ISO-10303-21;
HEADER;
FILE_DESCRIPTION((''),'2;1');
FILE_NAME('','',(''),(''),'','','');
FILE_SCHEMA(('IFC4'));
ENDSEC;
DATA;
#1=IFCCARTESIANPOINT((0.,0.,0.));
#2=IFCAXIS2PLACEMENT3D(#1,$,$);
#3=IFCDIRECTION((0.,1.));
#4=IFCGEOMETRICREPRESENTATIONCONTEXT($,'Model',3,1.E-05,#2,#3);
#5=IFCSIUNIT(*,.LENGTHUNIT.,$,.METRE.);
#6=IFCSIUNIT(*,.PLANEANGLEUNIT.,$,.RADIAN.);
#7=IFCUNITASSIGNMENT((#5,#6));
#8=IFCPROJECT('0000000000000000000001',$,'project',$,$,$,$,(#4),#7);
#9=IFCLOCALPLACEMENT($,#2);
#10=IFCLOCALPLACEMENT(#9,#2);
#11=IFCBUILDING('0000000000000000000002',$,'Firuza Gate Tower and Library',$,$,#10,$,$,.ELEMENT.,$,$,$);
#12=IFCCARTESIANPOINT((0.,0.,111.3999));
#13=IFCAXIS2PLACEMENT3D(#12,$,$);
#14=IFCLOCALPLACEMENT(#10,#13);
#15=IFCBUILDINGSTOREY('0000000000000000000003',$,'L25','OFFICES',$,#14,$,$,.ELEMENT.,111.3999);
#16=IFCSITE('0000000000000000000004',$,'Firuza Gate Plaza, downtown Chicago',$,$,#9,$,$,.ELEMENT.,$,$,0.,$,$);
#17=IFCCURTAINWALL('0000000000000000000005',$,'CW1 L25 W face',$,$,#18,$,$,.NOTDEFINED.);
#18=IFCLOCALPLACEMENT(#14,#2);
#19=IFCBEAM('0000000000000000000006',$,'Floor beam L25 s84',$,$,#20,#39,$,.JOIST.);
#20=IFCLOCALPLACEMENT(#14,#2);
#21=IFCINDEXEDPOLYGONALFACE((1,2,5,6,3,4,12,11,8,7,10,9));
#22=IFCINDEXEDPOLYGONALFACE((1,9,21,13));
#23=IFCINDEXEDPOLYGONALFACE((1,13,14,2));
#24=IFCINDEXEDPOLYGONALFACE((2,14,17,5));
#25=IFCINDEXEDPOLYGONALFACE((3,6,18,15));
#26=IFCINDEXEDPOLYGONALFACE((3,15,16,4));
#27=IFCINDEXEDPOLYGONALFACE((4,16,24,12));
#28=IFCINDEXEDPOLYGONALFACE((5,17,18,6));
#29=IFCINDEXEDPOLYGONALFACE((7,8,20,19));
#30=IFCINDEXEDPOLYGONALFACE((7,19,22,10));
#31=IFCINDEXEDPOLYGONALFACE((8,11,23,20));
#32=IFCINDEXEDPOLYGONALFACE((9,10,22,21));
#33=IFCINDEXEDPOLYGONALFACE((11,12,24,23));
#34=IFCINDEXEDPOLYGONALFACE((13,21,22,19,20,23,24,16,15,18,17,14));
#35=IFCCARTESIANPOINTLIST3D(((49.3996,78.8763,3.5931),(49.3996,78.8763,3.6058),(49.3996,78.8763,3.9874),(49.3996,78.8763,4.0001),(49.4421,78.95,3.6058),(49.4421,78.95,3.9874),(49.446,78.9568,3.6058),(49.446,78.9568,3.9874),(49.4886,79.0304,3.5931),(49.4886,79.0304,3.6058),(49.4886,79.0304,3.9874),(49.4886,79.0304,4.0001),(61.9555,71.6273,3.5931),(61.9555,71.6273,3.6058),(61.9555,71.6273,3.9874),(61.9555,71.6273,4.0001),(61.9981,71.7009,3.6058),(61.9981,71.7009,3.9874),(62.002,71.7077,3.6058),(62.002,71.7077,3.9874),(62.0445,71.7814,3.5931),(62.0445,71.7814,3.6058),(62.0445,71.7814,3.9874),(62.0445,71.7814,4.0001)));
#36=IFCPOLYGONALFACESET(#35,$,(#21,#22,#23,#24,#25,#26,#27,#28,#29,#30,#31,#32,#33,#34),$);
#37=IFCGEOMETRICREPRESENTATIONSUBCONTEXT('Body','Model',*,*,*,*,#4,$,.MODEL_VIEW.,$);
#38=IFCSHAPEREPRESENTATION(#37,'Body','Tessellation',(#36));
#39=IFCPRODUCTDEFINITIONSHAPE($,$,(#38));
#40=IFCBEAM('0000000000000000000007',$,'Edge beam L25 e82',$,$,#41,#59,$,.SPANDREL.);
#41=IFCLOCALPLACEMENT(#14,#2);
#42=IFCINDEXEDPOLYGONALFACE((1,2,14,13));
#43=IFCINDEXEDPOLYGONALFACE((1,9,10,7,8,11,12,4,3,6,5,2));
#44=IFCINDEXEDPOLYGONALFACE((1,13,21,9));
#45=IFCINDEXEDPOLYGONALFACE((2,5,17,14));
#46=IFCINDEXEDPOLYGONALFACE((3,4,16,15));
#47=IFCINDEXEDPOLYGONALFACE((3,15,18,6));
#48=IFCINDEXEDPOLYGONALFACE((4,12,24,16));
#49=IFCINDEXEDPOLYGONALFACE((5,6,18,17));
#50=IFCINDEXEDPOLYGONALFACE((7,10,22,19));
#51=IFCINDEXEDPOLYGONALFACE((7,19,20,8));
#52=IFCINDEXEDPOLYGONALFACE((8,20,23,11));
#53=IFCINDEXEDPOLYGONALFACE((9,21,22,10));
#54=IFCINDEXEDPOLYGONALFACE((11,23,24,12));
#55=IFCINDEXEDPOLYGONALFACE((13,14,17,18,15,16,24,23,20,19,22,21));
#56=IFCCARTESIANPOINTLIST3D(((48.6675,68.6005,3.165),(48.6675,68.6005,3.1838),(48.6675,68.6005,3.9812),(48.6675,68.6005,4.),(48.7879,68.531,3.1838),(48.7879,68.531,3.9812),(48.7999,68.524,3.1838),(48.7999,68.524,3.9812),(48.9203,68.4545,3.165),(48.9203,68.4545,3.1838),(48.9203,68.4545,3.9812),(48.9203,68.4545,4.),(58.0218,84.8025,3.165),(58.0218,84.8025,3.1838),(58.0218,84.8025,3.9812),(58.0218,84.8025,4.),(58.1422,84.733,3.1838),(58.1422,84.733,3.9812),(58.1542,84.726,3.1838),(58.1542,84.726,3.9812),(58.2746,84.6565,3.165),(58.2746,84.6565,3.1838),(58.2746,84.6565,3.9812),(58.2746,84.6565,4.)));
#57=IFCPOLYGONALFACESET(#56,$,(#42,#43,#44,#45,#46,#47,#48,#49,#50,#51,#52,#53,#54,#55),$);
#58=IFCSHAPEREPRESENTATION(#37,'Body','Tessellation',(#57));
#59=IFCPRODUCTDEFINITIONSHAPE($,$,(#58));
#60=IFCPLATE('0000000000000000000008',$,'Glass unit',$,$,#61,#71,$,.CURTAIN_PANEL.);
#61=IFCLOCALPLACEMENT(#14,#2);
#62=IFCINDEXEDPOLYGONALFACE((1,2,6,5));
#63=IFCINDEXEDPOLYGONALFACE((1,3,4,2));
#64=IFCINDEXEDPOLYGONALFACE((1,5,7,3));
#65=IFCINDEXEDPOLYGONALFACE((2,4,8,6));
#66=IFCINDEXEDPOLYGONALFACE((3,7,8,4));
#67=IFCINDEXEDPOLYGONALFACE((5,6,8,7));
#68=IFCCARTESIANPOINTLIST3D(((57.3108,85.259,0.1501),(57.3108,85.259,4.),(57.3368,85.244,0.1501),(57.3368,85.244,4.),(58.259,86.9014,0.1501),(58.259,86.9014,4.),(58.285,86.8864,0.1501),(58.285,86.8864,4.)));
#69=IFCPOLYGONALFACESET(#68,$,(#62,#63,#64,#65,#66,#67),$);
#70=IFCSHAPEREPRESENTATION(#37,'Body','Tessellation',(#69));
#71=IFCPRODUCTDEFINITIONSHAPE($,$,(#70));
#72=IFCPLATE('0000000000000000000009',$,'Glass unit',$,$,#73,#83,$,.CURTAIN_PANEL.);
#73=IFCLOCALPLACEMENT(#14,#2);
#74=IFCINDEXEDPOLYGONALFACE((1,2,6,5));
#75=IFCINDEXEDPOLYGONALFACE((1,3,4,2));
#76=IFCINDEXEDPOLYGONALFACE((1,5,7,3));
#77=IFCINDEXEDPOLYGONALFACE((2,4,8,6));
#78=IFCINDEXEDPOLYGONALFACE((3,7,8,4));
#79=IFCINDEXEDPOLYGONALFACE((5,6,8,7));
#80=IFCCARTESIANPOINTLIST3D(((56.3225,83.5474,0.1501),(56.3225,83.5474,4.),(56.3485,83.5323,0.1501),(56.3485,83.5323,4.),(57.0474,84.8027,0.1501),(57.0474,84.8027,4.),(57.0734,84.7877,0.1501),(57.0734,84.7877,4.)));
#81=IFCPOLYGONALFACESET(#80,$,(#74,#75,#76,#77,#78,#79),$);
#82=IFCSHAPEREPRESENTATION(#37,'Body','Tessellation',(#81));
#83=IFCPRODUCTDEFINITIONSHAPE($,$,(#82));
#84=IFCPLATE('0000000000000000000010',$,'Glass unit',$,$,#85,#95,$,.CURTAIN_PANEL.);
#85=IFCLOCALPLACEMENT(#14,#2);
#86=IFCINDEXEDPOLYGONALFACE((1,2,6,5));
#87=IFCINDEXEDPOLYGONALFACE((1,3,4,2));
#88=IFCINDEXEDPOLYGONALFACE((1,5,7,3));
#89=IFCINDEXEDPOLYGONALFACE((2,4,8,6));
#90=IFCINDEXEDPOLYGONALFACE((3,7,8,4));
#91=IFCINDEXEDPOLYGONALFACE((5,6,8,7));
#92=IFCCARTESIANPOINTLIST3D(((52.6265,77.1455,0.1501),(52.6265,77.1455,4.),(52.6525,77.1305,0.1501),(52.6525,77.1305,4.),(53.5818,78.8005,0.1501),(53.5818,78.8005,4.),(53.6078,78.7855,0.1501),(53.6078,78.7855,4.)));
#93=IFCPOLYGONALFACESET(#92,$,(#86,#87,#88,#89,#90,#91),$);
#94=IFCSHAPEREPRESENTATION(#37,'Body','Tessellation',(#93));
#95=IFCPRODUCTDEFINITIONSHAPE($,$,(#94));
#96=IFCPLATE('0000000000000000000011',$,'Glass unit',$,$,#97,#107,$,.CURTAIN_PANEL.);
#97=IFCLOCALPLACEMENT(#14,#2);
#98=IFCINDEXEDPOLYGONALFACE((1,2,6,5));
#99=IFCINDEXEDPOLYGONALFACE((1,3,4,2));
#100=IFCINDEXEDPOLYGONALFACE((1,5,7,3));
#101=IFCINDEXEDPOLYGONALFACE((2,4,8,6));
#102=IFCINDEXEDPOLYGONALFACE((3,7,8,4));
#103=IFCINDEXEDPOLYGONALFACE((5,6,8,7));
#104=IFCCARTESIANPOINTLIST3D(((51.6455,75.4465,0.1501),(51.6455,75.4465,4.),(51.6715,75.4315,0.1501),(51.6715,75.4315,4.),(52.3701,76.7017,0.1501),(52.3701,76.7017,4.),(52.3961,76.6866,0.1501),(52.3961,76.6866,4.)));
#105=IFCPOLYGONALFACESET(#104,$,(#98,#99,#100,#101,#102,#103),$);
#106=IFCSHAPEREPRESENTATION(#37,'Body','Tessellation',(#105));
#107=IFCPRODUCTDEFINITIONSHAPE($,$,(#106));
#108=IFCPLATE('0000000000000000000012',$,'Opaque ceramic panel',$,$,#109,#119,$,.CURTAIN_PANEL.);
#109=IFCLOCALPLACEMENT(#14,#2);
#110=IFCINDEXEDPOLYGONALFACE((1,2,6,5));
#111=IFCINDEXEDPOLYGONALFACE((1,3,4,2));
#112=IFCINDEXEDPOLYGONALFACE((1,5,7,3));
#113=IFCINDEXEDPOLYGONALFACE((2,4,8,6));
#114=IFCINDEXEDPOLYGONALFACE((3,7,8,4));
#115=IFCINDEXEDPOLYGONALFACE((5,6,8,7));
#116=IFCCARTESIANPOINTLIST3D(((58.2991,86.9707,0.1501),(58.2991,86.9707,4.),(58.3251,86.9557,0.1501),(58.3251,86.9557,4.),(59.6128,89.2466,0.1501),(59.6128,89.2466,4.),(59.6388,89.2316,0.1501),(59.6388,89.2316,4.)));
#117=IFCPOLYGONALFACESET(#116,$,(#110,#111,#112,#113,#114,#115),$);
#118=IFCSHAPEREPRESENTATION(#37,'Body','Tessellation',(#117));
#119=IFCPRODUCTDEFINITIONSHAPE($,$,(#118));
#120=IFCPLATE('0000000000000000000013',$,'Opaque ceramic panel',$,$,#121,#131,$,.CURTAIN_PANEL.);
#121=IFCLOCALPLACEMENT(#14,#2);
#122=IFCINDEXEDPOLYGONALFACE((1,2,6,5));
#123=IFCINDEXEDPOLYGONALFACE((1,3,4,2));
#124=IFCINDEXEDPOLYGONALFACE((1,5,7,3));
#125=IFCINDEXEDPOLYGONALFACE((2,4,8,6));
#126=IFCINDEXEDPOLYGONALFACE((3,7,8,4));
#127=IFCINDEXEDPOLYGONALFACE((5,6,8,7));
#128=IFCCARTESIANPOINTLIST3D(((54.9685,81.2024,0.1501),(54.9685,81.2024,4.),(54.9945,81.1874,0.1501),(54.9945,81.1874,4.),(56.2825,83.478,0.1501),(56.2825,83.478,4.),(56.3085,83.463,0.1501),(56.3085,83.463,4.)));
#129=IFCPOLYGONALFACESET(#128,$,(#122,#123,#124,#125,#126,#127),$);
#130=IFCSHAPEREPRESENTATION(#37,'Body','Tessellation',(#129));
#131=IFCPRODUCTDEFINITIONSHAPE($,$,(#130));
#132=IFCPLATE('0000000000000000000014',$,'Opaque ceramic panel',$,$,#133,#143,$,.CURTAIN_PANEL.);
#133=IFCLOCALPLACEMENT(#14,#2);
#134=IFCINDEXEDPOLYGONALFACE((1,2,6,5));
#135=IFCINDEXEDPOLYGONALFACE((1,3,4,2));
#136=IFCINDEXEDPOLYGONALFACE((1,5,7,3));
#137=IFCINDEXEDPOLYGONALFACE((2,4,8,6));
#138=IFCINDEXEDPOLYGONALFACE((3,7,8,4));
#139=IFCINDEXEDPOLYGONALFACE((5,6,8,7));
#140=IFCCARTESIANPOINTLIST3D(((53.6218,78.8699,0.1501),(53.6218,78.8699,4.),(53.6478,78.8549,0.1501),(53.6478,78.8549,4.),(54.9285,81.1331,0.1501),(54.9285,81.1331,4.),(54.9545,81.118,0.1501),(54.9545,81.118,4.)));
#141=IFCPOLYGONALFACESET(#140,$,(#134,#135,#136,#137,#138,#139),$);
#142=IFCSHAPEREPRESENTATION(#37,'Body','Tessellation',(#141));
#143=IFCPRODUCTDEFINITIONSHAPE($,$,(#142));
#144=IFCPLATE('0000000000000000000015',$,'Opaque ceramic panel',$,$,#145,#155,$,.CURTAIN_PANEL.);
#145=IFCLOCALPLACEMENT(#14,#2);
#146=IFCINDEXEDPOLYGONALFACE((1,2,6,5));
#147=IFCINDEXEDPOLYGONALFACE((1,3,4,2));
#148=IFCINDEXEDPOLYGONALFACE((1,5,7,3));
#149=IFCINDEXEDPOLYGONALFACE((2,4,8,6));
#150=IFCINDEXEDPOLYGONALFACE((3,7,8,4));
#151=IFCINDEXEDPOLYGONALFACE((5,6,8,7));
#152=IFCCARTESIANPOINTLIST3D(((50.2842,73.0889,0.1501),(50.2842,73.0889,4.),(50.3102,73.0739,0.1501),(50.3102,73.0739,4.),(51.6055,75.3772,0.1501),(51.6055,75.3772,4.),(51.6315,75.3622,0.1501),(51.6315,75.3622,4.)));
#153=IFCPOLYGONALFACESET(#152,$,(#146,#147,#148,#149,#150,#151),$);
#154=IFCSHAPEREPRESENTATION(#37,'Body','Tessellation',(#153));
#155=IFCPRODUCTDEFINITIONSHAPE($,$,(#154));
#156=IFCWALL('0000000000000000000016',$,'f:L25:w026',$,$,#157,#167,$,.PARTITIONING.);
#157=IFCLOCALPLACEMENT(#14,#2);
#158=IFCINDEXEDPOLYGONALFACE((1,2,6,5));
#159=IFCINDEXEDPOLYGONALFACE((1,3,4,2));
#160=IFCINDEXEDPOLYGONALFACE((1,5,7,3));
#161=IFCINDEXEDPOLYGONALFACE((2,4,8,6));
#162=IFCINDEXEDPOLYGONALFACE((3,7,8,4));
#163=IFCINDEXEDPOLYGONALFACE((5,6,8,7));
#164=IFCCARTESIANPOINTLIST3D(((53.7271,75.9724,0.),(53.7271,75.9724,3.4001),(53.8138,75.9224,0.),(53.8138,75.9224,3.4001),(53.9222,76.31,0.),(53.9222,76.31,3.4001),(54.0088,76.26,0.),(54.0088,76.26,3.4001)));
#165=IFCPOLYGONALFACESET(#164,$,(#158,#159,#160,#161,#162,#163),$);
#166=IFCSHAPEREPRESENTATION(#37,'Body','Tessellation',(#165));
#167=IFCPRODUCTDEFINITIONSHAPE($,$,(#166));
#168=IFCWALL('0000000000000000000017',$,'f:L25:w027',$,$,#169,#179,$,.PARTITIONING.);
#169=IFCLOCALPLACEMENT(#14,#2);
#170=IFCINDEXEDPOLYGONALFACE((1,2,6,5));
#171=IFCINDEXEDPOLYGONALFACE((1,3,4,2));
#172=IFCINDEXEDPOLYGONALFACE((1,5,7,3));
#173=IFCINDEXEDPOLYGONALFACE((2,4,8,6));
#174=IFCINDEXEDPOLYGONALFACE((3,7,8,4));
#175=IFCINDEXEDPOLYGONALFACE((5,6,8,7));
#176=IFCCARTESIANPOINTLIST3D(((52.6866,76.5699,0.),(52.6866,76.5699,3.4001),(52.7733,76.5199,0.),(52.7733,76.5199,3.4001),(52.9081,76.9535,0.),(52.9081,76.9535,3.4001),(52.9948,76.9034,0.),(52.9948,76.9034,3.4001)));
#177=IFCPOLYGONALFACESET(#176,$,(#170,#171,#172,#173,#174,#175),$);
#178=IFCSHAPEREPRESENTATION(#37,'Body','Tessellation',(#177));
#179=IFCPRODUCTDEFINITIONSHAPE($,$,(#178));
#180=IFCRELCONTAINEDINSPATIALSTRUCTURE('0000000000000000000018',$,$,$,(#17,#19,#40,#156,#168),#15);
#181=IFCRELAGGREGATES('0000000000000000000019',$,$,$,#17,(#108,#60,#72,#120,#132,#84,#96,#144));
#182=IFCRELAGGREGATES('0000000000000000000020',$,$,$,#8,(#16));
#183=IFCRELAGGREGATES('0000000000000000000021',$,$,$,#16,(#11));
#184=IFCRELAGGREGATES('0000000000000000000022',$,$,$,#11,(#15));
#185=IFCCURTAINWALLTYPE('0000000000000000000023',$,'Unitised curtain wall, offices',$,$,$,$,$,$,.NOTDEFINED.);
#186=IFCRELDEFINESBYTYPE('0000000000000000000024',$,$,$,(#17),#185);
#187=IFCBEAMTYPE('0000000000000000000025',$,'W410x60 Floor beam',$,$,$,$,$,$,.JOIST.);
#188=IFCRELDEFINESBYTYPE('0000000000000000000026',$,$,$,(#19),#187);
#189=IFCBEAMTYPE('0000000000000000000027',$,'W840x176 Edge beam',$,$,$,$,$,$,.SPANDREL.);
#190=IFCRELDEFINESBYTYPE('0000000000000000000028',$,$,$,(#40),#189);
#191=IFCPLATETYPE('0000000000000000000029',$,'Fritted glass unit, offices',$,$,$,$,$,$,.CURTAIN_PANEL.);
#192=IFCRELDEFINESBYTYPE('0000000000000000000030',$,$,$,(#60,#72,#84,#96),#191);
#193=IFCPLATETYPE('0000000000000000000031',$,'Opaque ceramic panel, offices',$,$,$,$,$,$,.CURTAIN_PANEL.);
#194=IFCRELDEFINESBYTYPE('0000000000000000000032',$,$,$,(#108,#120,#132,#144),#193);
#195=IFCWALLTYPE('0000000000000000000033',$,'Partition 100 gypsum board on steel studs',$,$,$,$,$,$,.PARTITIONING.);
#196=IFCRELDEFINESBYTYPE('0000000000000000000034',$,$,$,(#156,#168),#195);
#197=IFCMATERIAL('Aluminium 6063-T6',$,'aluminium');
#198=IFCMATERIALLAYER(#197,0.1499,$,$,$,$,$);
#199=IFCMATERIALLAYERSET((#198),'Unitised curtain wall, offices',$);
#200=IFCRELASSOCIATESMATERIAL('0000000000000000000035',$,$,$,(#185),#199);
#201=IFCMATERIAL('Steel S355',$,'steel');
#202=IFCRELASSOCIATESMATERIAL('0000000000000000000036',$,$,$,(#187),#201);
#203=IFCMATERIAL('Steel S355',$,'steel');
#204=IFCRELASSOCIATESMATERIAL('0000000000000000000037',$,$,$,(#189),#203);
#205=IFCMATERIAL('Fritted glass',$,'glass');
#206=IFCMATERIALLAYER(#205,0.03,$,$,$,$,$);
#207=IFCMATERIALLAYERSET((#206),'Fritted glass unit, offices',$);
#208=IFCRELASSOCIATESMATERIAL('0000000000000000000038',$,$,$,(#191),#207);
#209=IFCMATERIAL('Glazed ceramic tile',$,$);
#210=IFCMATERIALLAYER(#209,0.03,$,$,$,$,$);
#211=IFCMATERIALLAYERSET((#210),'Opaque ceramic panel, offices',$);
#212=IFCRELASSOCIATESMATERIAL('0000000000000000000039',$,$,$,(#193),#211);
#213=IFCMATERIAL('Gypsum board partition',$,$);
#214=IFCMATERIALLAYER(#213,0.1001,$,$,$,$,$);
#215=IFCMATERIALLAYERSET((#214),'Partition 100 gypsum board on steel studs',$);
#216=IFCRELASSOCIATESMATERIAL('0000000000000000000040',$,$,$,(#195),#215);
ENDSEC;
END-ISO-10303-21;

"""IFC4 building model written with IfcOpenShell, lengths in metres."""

from ifc_helpers import new_model, si_unit, direction, frame, frame_2d, origin, origin_2d, place, context, subcontext, project, spatial, polyline, rectangle, i_section, outline, extrude, material, layer, layer_set, material_profile, profile_set, type_object, element, aggregate, save


model = new_model("IFC4")

# Units and contexts
model_context = context("Model", 3, precision=1e-05, world=origin(), true_north=direction((0.0, 1.0)))
body_context = subcontext(model_context, "Body", "Model", "MODEL_VIEW")
ifc_project = project(units=[si_unit("LENGTHUNIT", "METRE"), si_unit("PLANEANGLEUNIT", "RADIAN")], contexts=[model_context])

# Site, building, storey
site_placement = place(None, origin())
site = spatial("IfcSite", under=ifc_project, at=site_placement, Name="Firuza Gate Plaza, downtown Chicago", CompositionType="ELEMENT", RefElevation=0.0)
building_placement = place(site_placement, origin())
building = spatial("IfcBuilding", under=site, at=building_placement, Name="Firuza Gate Tower and Library", CompositionType="ELEMENT")
storey_placement = place(building_placement, frame((0.0, 0.0, 111.3999)))
storey = spatial("IfcBuildingStorey", under=building, at=storey_placement, Name="L25", Description="OFFICES", CompositionType="ELEMENT", Elevation=111.3999)

# Curtain wall
ifc_material_1 = material(Name="Aluminium 6063-T6", Category="aluminium")
ifc_layer_1 = layer(ifc_material_1, 0.1499)
ifc_layer_set_1 = layer_set([ifc_layer_1], Name="Unitised curtain wall, offices")
curtain_wall_type = type_object("IfcCurtainWallType", Name="Unitised curtain wall, offices", PredefinedType="NOTDEFINED", material=ifc_layer_set_1)
curtain_wall_placement = place(storey_placement, origin())
curtain_wall = element("IfcCurtainWall", 1, at=curtain_wall_placement, inside=storey, type_object=curtain_wall_type, Name="CW1 L25 W face", PredefinedType="NOTDEFINED")

# Beams
ifc_material_2 = material(Name="Steel S355", Category="steel")
ifc_material_profile_1 = material_profile(ifc_material_2, i_section(OverallWidth=0.178, OverallDepth=0.407, WebThickness=0.0078, FlangeThickness=0.0127, at=origin_2d()))
ifc_profile_set_1 = profile_set([ifc_material_profile_1], Name="Steel S355")
beam_type_1 = type_object("IfcBeamType", Name="W410x60 Floor beam", PredefinedType="JOIST", material=ifc_profile_set_1)
beam_1_placement = place(storey_placement, frame((49.4441, 78.9534, 3.7966), z_axis=(0.866029, -0.499993, 0.0), x_axis=(0.499993, 0.866029, 0.0)))
element("IfcBeam", 2, at=beam_1_placement, inside=storey, type_object=beam_type_1, Name="Floor beam L25 s84", PredefinedType="JOIST", context=body_context, shape_type="SweptSolid", body=[
    extrude(i_section(OverallWidth=0.178, OverallDepth=0.407, WebThickness=0.0078, FlangeThickness=0.0127, at=origin_2d()), origin(), (0.0, 0.0, 1.0), 14.4983),
])
ifc_material_3 = material(Name="Steel S355", Category="steel")
ifc_material_profile_2 = material_profile(ifc_material_3, i_section(OverallWidth=0.292, OverallDepth=0.835, WebThickness=0.0139, FlangeThickness=0.0188, at=origin_2d()))
ifc_profile_set_2 = profile_set([ifc_material_profile_2], Name="Steel S355")
beam_type_2 = type_object("IfcBeamType", Name="W840x176 Edge beam", PredefinedType="SPANDREL", material=ifc_profile_set_2)
beam_2_placement = place(storey_placement, frame((58.1482, 84.7295, 3.5825), z_axis=(-0.500003, -0.866024, 0.0), x_axis=(0.866024, -0.500003, 0.0)))
element("IfcBeam", 3, at=beam_2_placement, inside=storey, type_object=beam_type_2, Name="Edge beam L25 e82", PredefinedType="SPANDREL", context=body_context, shape_type="SweptSolid", body=[
    extrude(i_section(OverallWidth=0.292, OverallDepth=0.835, WebThickness=0.0139, FlangeThickness=0.0188, at=origin_2d()), origin(), (0.0, 0.0, 1.0), 18.7085),
])

# Plates
ifc_material_4 = material(Name="Fritted glass", Category="glass")
ifc_layer_2 = layer(ifc_material_4, 0.03)
ifc_layer_set_2 = layer_set([ifc_layer_2], Name="Fritted glass unit, offices")
plate_type_1 = type_object("IfcPlateType", Name="Fritted glass unit, offices", PredefinedType="CURTAIN_PANEL", material=ifc_layer_set_2)
plate_1_placement = place(storey_placement, frame((58.259, 86.9014, 0.1501), z_axis=(-0.866016, 0.500016, 0.0), x_axis=(-0.500016, -0.866016, 0.0)))
plate_1 = element("IfcPlate", 4, at=plate_1_placement, type_object=plate_type_1, Name="Glass unit", PredefinedType="CURTAIN_PANEL", context=body_context, shape_type="SweptSolid", body=[
    extrude(outline(polyline([(0.0, 0.0), (1.8964, 0.0), (1.8964, 3.8499), (0.0, 3.8499), (0.0, 0.0)])), origin(), (0.0, 0.0, -1.0), 0.03),
])
plate_2_placement = place(storey_placement, frame((57.0474, 84.8027, 0.1501), z_axis=(-0.866006, 0.500033, 0.0), x_axis=(-0.500033, -0.866006, 0.0)))
plate_2 = element("IfcPlate", 5, at=plate_2_placement, type_object=plate_type_1, Name="Glass unit", PredefinedType="CURTAIN_PANEL", context=body_context, shape_type="SweptSolid", body=[
    extrude(outline(polyline([(0.0, 0.0), (1.4496, 0.0), (1.4496, 3.8499), (0.0, 3.8499), (0.0, 0.0)])), origin(), (0.0, 0.0, -1.0), 0.03),
])
plate_3_placement = place(storey_placement, frame((53.5818, 78.8005, 0.1501), z_axis=(-0.866073, 0.499918, 0.0), x_axis=(-0.499918, -0.866073, 0.0)))
plate_3 = element("IfcPlate", 6, at=plate_3_placement, type_object=plate_type_1, Name="Glass unit", PredefinedType="CURTAIN_PANEL", context=body_context, shape_type="SweptSolid", body=[
    extrude(outline(polyline([(0.0, 0.0), (1.911, 0.0), (1.911, 3.8499), (0.0, 3.8499), (0.0, 0.0)])), origin(), (0.0, 0.0, -1.0), 0.03),
])
plate_4_placement = place(storey_placement, frame((52.3701, 76.7017, 0.1501), z_axis=(-0.866037, 0.49998, 0.0), x_axis=(-0.49998, -0.866037, 0.0)))
plate_4 = element("IfcPlate", 7, at=plate_4_placement, type_object=plate_type_1, Name="Glass unit", PredefinedType="CURTAIN_PANEL", context=body_context, shape_type="SweptSolid", body=[
    extrude(outline(polyline([(0.0, 0.0), (1.4493, 0.0), (1.4493, 3.8499), (0.0, 3.8499), (0.0, 0.0)])), origin(), (0.0, 0.0, -1.0), 0.03),
])
ifc_material_5 = material(Name="Glazed ceramic tile")
ifc_layer_3 = layer(ifc_material_5, 0.03)
ifc_layer_set_3 = layer_set([ifc_layer_3], Name="Opaque ceramic panel, offices")
plate_type_2 = type_object("IfcPlateType", Name="Opaque ceramic panel, offices", PredefinedType="CURTAIN_PANEL", material=ifc_layer_set_3)
plate_5_placement = place(storey_placement, frame((59.6128, 89.2466, 0.1501), z_axis=(-0.866068, 0.499926, 0.0), x_axis=(-0.499926, -0.866068, 0.0)))
plate_5 = element("IfcPlate", 8, at=plate_5_placement, type_object=plate_type_2, Name="Opaque ceramic panel", PredefinedType="CURTAIN_PANEL", context=body_context, shape_type="SweptSolid", body=[
    extrude(outline(polyline([(0.0, 0.0), (2.6278, 0.0), (2.6278, 3.8499), (0.0, 3.8499), (0.0, 0.0)])), origin(), (0.0, 0.0, -1.0), 0.03),
])
plate_6_placement = place(storey_placement, frame((56.2825, 83.478, 0.1501), z_axis=(-0.866005, 0.500036, 0.0), x_axis=(-0.500036, -0.866005, 0.0)))
plate_6 = element("IfcPlate", 9, at=plate_6_placement, type_object=plate_type_2, Name="Opaque ceramic panel", PredefinedType="CURTAIN_PANEL", context=body_context, shape_type="SweptSolid", body=[
    extrude(outline(polyline([(0.0, 0.0), (2.6277, 0.0), (2.6277, 3.8499), (0.0, 3.8499), (0.0, 0.0)])), origin(), (0.0, 0.0, -1.0), 0.03),
])
plate_7_placement = place(storey_placement, frame((54.9285, 81.1331, 0.1501), z_axis=(-0.866027, 0.499997, 0.0), x_axis=(-0.499997, -0.866027, 0.0)))
plate_7 = element("IfcPlate", 10, at=plate_7_placement, type_object=plate_type_2, Name="Opaque ceramic panel", PredefinedType="CURTAIN_PANEL", context=body_context, shape_type="SweptSolid", body=[
    extrude(outline(polyline([(0.0, 0.0), (2.6133, 0.0), (2.6133, 3.8499), (0.0, 3.8499), (0.0, 0.0)])), origin(), (0.0, 0.0, -1.0), 0.03),
])
plate_8_placement = place(storey_placement, frame((51.6055, 75.3772, 0.1501), z_axis=(-0.866006, 0.500034, 0.0), x_axis=(-0.500034, -0.866006, 0.0)))
plate_8 = element("IfcPlate", 11, at=plate_8_placement, type_object=plate_type_2, Name="Opaque ceramic panel", PredefinedType="CURTAIN_PANEL", context=body_context, shape_type="SweptSolid", body=[
    extrude(outline(polyline([(0.0, 0.0), (2.6424, 0.0), (2.6424, 3.8499), (0.0, 3.8499), (0.0, 0.0)])), origin(), (0.0, 0.0, -1.0), 0.03),
])
aggregate(curtain_wall, [plate_5, plate_1, plate_2, plate_6, plate_7, plate_3, plate_4, plate_8])

# Walls
ifc_material_6 = material(Name="Gypsum board partition")
ifc_layer_4 = layer(ifc_material_6, 0.1001)
ifc_layer_set_4 = layer_set([ifc_layer_4], Name="Partition 100 gypsum board on steel studs")
wall_type = type_object("IfcWallType", Name="Partition 100 gypsum board on steel studs", PredefinedType="PARTITIONING", material=ifc_layer_set_4)
wall_1_placement = place(storey_placement, frame((53.7705, 75.9475, 0.0), z_axis=(0.0, 0.0, 1.0), x_axis=(0.500246, 0.865883, 0.0)))
element("IfcWall", 12, at=wall_1_placement, inside=storey, type_object=wall_type, Name="f:L25:w026", PredefinedType="PARTITIONING", context=body_context, shape_type="SweptSolid", body=[
    extrude(rectangle(XDim=0.3899, YDim=0.1001, at=frame_2d((0.1948, 0.0))), origin(), (0.0, 0.0, 1.0), 3.4001),
])
wall_2_placement = place(storey_placement, frame((52.73, 76.5449, 0.0), z_axis=(0.0, 0.0, 1.0), x_axis=(0.499993, 0.86603, 0.0)))
element("IfcWall", 13, at=wall_2_placement, inside=storey, type_object=wall_type, Name="f:L25:w027", PredefinedType="PARTITIONING", context=body_context, shape_type="SweptSolid", body=[
    extrude(rectangle(XDim=0.4429, YDim=0.1001, at=frame_2d((0.2214, 0.0))), origin(), (0.0, 0.0, 1.0), 3.4001),
])

save(model, "model.ifc")
